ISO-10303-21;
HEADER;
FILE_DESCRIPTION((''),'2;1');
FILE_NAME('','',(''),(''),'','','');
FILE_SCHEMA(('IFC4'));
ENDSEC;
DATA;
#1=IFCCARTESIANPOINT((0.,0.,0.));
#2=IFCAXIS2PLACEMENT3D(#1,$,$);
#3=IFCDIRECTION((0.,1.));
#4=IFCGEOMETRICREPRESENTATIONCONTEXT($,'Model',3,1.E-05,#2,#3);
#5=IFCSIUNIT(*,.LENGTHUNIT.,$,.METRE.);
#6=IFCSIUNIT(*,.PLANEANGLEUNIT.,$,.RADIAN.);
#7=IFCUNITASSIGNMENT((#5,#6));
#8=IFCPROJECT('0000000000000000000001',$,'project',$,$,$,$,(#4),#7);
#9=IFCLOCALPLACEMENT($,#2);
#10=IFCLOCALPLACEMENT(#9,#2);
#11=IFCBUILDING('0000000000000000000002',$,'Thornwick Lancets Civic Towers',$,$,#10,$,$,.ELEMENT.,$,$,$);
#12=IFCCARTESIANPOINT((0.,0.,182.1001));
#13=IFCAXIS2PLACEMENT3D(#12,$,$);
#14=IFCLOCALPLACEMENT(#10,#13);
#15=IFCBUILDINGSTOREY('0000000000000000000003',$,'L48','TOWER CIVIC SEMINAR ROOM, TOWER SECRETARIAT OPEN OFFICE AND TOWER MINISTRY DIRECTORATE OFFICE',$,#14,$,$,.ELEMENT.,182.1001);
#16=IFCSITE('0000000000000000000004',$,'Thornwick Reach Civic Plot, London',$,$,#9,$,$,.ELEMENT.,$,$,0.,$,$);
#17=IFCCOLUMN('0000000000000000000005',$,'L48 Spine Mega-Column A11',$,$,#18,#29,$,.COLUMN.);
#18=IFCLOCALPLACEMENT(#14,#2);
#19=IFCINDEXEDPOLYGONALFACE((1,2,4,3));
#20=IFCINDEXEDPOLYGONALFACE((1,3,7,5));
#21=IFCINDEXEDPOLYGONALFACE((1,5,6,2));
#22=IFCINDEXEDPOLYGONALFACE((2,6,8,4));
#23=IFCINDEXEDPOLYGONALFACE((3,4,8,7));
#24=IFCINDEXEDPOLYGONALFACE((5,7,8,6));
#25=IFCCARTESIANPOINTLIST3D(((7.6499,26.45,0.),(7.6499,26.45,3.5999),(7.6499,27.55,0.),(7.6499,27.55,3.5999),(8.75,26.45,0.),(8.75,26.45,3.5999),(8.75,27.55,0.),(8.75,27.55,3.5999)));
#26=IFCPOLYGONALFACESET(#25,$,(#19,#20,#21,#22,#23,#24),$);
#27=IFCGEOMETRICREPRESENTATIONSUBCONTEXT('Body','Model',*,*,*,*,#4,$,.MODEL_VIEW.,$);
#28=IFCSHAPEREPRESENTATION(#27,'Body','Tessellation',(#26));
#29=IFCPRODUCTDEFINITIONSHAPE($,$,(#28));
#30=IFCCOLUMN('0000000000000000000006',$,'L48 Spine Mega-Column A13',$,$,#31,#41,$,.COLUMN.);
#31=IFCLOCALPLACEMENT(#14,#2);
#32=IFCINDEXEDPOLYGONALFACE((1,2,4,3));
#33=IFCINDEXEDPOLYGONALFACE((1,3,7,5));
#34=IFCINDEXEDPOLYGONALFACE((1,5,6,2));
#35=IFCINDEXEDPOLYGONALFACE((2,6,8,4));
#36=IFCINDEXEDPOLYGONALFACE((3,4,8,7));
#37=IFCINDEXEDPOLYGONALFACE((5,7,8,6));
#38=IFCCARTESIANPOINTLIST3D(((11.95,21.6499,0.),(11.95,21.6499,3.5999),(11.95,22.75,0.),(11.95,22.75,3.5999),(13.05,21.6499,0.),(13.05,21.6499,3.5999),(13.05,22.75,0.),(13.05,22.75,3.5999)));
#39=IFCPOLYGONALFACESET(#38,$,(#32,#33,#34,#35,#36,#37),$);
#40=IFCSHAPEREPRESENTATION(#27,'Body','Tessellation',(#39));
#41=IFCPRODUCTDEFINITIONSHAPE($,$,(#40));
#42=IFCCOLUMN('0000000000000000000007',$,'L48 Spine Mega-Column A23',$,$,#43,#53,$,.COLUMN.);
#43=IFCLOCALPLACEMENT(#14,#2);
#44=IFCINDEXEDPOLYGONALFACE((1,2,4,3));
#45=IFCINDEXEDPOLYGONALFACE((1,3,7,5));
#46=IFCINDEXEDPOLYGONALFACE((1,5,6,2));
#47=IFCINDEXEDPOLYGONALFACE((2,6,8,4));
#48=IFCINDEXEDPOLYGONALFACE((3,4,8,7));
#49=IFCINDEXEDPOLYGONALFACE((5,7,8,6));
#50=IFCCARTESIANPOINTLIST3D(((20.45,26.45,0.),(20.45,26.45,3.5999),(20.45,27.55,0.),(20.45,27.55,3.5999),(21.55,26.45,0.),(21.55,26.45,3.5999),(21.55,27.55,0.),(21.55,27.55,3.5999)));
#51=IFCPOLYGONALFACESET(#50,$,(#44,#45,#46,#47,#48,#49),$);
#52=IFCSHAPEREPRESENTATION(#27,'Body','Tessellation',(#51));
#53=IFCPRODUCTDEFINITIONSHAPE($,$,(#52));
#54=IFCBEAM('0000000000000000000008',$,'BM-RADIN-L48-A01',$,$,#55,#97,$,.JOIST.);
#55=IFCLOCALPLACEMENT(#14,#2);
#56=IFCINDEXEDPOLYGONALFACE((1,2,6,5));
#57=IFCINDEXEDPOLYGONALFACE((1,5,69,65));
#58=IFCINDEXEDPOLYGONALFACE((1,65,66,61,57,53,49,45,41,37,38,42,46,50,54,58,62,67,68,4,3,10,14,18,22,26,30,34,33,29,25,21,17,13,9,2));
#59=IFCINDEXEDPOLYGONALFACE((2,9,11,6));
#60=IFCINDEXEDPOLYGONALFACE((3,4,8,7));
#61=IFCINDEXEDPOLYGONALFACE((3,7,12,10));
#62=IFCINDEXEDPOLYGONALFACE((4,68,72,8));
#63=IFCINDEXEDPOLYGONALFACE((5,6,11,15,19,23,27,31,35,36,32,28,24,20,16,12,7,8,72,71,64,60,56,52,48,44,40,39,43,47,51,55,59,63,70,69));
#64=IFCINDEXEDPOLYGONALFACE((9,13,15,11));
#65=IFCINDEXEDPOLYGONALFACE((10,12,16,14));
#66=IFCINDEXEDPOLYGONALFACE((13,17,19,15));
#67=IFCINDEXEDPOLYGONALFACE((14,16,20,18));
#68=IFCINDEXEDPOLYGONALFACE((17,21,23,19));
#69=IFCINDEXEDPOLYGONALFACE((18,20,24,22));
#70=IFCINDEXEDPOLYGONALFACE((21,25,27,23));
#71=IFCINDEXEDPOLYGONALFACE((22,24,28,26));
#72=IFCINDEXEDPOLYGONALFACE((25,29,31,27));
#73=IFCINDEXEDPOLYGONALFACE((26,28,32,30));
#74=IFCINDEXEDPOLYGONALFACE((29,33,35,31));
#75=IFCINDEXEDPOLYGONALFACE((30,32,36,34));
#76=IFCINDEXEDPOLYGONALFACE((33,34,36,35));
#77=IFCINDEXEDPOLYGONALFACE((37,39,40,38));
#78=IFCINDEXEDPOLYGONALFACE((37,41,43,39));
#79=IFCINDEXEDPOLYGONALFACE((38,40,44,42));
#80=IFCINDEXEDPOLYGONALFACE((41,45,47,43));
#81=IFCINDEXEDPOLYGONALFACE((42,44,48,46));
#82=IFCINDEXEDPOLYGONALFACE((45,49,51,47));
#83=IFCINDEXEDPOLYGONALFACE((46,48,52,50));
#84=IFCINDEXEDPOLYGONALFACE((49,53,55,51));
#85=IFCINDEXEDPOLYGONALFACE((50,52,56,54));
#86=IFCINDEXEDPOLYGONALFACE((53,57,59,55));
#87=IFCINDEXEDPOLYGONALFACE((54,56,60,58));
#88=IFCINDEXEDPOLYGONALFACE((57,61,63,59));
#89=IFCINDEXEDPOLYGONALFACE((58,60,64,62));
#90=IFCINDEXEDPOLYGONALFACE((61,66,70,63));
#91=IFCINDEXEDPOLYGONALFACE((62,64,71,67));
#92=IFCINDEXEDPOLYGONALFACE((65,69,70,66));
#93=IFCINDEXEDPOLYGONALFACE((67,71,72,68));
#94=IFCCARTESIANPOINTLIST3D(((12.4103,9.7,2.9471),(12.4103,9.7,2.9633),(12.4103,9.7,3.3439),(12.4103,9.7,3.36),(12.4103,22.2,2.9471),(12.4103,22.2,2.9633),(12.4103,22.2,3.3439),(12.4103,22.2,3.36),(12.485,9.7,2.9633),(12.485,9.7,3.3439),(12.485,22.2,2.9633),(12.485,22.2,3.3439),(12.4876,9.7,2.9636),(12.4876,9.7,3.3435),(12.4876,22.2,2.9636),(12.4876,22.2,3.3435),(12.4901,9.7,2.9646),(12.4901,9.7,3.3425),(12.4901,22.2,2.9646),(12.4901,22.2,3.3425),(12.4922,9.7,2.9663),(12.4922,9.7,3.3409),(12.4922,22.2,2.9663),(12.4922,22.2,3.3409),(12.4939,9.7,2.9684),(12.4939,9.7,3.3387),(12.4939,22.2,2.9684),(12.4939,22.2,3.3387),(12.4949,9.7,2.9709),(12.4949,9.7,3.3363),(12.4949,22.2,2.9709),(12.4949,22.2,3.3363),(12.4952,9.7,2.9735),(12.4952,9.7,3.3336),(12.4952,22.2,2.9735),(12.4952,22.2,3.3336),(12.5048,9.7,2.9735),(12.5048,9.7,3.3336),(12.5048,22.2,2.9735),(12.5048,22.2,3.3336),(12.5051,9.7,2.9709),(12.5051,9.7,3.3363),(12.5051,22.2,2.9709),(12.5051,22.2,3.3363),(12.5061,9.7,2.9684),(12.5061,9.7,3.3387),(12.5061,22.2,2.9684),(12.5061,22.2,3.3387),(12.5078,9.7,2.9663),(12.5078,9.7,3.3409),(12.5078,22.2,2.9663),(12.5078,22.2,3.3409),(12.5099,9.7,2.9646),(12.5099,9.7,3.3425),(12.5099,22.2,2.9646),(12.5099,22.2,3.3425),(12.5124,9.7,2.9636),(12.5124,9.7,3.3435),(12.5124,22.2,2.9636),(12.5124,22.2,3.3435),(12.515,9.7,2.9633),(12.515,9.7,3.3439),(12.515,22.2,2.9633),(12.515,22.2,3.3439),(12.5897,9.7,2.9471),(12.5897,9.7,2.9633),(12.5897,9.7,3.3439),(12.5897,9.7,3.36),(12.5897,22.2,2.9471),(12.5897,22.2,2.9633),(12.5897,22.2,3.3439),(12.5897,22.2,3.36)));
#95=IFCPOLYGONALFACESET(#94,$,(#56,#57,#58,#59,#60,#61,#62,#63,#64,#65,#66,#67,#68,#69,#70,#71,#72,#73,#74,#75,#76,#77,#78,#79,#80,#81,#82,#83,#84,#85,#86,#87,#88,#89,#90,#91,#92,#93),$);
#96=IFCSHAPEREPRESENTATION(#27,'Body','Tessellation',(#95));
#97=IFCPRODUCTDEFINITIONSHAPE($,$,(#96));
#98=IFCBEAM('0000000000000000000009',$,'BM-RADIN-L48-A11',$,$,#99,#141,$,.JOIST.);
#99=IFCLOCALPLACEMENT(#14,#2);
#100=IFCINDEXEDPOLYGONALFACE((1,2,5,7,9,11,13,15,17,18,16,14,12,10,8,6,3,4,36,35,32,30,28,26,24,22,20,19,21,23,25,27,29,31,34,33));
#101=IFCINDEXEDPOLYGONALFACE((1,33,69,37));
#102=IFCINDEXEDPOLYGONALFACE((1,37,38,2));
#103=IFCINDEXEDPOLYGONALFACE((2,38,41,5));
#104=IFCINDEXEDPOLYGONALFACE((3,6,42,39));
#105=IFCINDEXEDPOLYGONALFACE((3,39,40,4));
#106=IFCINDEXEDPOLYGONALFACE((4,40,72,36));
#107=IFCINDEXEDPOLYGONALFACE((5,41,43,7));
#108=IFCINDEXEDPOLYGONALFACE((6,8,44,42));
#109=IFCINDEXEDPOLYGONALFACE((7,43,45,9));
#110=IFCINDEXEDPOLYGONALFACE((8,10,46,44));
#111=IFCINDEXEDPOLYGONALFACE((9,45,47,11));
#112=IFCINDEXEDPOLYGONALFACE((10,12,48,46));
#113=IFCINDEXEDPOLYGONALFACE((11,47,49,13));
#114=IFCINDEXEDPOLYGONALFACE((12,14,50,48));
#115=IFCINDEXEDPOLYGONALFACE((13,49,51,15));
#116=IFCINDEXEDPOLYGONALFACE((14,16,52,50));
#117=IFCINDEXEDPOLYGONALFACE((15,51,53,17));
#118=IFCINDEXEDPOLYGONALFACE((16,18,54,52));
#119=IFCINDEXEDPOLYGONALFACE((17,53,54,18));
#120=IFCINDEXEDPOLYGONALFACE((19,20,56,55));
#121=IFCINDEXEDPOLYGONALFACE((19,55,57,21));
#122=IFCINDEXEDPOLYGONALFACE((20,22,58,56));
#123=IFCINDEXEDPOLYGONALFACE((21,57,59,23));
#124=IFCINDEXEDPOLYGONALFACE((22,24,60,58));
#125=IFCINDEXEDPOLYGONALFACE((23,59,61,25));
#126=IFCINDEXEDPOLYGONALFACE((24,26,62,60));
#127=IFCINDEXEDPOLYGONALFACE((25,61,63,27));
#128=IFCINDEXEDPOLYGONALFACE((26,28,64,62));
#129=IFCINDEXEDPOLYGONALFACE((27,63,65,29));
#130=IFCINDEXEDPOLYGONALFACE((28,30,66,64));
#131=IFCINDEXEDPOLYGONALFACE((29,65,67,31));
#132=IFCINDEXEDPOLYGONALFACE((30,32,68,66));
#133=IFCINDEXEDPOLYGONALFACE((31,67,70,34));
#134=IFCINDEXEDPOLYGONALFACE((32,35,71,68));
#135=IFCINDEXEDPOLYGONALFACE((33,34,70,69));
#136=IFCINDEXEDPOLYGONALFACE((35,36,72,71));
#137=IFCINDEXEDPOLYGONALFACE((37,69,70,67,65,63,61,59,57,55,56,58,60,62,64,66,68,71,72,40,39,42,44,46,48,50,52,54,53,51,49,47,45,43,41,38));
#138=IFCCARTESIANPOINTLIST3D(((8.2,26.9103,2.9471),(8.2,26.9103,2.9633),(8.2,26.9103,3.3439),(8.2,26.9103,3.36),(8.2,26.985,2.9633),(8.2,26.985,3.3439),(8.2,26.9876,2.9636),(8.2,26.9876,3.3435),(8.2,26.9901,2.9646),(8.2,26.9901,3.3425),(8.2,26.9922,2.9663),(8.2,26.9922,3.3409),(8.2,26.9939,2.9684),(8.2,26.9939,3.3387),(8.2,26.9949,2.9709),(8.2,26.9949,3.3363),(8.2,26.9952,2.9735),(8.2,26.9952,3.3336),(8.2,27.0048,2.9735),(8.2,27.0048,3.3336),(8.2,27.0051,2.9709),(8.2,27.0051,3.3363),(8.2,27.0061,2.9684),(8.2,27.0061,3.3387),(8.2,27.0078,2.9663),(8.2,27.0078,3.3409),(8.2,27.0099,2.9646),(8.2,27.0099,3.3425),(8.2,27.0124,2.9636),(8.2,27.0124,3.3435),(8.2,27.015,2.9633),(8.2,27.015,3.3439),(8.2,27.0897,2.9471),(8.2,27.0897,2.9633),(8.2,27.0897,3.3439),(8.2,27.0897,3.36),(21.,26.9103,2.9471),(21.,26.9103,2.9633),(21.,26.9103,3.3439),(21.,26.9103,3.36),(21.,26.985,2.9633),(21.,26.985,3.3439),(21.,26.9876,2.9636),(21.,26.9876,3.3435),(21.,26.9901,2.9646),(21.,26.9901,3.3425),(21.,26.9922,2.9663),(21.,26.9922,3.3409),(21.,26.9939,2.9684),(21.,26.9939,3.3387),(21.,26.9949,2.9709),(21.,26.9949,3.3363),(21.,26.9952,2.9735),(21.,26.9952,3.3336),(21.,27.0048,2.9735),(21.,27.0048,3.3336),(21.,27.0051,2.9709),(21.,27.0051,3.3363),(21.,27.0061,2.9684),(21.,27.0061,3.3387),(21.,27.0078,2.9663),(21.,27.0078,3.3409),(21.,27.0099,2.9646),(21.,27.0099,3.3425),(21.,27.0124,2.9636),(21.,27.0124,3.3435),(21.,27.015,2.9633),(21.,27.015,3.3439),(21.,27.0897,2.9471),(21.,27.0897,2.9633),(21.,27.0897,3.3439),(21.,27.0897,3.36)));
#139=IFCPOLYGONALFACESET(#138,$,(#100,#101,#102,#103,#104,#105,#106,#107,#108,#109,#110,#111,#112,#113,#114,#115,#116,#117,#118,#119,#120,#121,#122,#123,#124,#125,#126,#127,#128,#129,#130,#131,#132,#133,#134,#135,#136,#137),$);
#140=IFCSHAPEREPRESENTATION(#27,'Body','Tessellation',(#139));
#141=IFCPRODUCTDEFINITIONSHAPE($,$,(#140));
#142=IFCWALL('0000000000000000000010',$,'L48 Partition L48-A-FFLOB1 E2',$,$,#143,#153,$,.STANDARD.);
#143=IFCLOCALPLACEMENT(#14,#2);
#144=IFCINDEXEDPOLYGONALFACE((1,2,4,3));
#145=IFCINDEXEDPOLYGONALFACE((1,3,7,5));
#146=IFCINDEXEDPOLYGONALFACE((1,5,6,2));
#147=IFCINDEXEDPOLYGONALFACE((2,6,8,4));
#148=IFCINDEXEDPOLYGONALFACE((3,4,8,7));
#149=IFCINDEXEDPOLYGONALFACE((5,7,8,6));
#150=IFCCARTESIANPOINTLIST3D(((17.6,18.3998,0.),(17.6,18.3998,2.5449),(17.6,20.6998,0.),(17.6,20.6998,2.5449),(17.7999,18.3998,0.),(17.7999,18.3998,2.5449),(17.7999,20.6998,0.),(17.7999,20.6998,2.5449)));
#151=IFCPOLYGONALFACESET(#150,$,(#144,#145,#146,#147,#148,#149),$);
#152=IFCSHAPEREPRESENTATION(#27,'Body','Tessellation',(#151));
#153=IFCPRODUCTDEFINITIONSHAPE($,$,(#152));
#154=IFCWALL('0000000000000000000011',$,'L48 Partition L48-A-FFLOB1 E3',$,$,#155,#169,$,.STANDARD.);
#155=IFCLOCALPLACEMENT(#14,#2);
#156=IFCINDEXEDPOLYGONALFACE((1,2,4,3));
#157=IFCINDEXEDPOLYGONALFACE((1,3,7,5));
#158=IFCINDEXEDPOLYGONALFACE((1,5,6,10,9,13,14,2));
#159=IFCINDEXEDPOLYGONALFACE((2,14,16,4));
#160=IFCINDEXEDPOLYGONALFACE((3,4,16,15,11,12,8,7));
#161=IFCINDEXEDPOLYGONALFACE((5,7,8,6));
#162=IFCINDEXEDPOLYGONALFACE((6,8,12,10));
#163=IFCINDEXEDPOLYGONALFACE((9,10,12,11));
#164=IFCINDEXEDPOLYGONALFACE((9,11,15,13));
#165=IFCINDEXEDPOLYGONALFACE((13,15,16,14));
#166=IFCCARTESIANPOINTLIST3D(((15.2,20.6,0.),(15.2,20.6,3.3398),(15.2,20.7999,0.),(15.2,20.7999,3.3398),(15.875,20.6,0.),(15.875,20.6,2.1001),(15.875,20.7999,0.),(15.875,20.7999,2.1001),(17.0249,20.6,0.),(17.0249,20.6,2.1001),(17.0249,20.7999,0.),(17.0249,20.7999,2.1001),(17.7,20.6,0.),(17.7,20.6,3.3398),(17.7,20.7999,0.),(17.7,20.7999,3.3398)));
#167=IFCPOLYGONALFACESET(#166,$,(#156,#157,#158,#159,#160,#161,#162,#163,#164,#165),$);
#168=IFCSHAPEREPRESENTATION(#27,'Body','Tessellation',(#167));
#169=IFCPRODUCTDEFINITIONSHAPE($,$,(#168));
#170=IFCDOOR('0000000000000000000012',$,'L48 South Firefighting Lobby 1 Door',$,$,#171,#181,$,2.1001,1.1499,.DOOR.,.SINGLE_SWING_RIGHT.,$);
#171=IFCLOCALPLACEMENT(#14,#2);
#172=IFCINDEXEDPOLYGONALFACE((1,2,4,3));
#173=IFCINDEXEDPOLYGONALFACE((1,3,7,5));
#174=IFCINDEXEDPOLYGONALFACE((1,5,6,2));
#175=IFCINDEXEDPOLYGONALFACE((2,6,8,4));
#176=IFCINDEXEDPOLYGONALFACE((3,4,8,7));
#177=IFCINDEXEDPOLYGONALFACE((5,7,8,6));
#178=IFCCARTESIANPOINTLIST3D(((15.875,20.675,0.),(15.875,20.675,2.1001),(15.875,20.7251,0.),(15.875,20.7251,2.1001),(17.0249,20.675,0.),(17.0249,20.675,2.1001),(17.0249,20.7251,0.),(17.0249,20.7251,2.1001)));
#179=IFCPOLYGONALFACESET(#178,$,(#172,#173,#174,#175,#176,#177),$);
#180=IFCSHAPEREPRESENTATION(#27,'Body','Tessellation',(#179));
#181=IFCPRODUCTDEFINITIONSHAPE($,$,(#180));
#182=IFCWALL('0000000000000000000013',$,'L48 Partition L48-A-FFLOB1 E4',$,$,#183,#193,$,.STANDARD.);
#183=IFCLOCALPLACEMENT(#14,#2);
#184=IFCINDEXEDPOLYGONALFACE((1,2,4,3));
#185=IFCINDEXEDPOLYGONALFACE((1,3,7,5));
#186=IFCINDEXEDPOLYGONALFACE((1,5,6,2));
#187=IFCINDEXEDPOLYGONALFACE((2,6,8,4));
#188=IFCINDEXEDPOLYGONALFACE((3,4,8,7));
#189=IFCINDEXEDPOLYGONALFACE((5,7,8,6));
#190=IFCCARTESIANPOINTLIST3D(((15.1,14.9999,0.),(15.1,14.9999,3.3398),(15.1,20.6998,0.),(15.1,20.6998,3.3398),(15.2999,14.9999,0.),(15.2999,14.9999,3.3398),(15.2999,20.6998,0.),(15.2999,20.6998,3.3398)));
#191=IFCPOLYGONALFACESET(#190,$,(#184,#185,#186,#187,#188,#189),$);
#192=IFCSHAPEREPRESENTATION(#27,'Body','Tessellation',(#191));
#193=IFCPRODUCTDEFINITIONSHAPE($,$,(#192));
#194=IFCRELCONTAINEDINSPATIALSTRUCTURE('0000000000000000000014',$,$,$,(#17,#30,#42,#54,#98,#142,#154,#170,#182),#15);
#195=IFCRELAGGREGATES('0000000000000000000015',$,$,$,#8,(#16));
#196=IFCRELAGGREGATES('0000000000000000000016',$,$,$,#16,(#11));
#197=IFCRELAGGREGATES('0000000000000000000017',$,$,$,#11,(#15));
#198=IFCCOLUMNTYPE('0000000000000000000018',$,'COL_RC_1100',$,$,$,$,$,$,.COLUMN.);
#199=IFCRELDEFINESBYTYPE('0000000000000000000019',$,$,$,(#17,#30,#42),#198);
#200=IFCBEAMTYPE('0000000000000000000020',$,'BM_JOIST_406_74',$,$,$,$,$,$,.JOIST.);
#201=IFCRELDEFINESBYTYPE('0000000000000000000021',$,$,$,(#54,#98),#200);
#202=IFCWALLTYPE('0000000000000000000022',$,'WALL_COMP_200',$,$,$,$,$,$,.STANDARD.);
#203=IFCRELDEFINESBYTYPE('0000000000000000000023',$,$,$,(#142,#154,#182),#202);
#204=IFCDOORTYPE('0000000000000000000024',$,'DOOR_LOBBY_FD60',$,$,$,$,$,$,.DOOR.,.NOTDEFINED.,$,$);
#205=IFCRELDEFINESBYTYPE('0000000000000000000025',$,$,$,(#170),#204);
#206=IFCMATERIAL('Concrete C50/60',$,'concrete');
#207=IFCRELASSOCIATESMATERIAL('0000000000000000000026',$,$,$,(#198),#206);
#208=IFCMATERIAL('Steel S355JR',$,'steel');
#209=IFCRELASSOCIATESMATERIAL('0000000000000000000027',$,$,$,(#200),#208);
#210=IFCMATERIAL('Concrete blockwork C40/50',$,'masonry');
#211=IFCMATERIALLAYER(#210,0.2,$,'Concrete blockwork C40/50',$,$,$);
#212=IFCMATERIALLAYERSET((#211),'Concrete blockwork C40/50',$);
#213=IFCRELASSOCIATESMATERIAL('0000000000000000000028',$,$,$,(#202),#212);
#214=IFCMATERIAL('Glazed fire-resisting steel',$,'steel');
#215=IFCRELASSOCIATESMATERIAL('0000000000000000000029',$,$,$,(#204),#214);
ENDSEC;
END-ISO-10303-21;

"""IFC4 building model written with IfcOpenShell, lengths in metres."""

from ifc_helpers import new_model, si_unit, direction, frame, frame_2d, origin, origin_2d, place, context, subcontext, project, spatial, rectangle, i_section, extrude, material, layer, layer_set, material_profile, profile_set, type_object, element, fill, save


model = new_model("IFC4")

# Units and contexts
model_context = context("Model", 3, precision=1e-05, world=origin(), true_north=direction((0.0, 1.0)))
body_context = subcontext(model_context, "Body", "Model", "MODEL_VIEW")
ifc_project = project(units=[si_unit("LENGTHUNIT", "METRE"), si_unit("PLANEANGLEUNIT", "RADIAN")], contexts=[model_context])

# Site, building, storey
site_placement = place(None, origin())
site = spatial("IfcSite", under=ifc_project, at=site_placement, Name="Thornwick Reach Civic Plot, London", CompositionType="ELEMENT", RefElevation=0.0)
building_placement = place(site_placement, origin())
building = spatial("IfcBuilding", under=site, at=building_placement, Name="Thornwick Lancets Civic Towers", CompositionType="ELEMENT")
storey_placement = place(building_placement, frame((0.0, 0.0, 182.1001)))
storey = spatial("IfcBuildingStorey", under=building, at=storey_placement, Name="L48", Description="TOWER CIVIC SEMINAR ROOM, TOWER SECRETARIAT OPEN OFFICE AND TOWER MINISTRY DIRECTORATE OFFICE", CompositionType="ELEMENT", Elevation=182.1001)

# Columns
ifc_material_1 = material(Name="Concrete C50/60", Category="concrete")
ifc_material_profile_1 = material_profile(ifc_material_1, rectangle(XDim=1.1001, YDim=1.1001, at=origin_2d()), Name="RC 1100x1100")
ifc_profile_set_1 = profile_set([ifc_material_profile_1], Name="Concrete C50/60")
column_type = type_object("IfcColumnType", Name="COL_RC_1100", PredefinedType="COLUMN", material=ifc_profile_set_1)
for number, where, z_axis, x_axis, name in (
    (1, (8.2, 27.0, 0.0), (0.0, 0.0, 1.0), (1.0, 0.0, 0.0), "L48 Spine Mega-Column A11"),
    (2, (12.5, 22.2, 0.0), (0.0, 0.0, 1.0), (1.0, 0.0, 0.0), "L48 Spine Mega-Column A13"),
    (3, (21.0, 27.0, 0.0), (0.0, 0.0, 1.0), (1.0, 0.0, 0.0), "L48 Spine Mega-Column A23"),
):
    element("IfcColumn", number, at=place(storey_placement, frame(where, z_axis=z_axis, x_axis=x_axis)), inside=storey, type_object=column_type, Name=name, PredefinedType="COLUMN", context=body_context, shape_type="SweptSolid", body=[
        extrude(rectangle(XDim=1.1001, YDim=1.1001, at=origin_2d()), origin(), (0.0, 0.0, 1.0), 3.5999),
    ])

# Beams
ifc_material_2 = material(Name="Steel S355JR", Category="steel")
ifc_material_profile_2 = material_profile(ifc_material_2, i_section(OverallWidth=0.1794, OverallDepth=0.4128, WebThickness=0.0095, FlangeThickness=0.0161, FilletRadius=0.0103, at=origin_2d()), Name="UKB 406x178x74")
ifc_profile_set_2 = profile_set([ifc_material_profile_2], Name="Steel S355JR")
beam_type = type_object("IfcBeamType", Name="BM_JOIST_406_74", PredefinedType="JOIST", material=ifc_profile_set_2)
beam_1_placement = place(storey_placement, frame((12.5, 22.2, 3.1536), z_axis=(0.0, -1.0, 0.0), x_axis=(1.0, 0.0, 0.0)))
element("IfcBeam", 4, at=beam_1_placement, inside=storey, type_object=beam_type, Name="BM-RADIN-L48-A01", PredefinedType="JOIST", context=body_context, shape_type="SweptSolid", body=[
    extrude(i_section(OverallWidth=0.1794, OverallDepth=0.4128, WebThickness=0.0095, FlangeThickness=0.0161, FilletRadius=0.0103, at=origin_2d()), origin(), (0.0, 0.0, 1.0), 12.5),
])
beam_2_placement = place(storey_placement, frame((21.0, 27.0, 3.1536), z_axis=(-1.0, 0.0, 0.0), x_axis=(0.0, -1.0, 0.0)))
element("IfcBeam", 5, at=beam_2_placement, inside=storey, type_object=beam_type, Name="BM-RADIN-L48-A11", PredefinedType="JOIST", context=body_context, shape_type="SweptSolid", body=[
    extrude(i_section(OverallWidth=0.1794, OverallDepth=0.4128, WebThickness=0.0095, FlangeThickness=0.0161, FilletRadius=0.0103, at=origin_2d()), origin(), (0.0, 0.0, 1.0), 12.8),
])

# Wall
ifc_material_3 = material(Name="Concrete blockwork C40/50", Category="masonry")
ifc_layer_1 = layer(ifc_material_3, 0.2, Name="Concrete blockwork C40/50")
ifc_layer_set_1 = layer_set([ifc_layer_1], Name="Concrete blockwork C40/50")
wall_type_1 = type_object("IfcWallType", Name="WALL_COMP_200", PredefinedType="STANDARD", material=ifc_layer_set_1)
wall_1_placement = place(storey_placement, frame((17.7, 18.3999, 0.0), z_axis=(0.0, 0.0, 1.0), x_axis=(0.0, 1.0, 0.0)))
element("IfcWall", 6, at=wall_1_placement, inside=storey, type_object=wall_type_1, Name="L48 Partition L48-A-FFLOB1 E2", PredefinedType="STANDARD", context=body_context, shape_type="SweptSolid", body=[
    extrude(rectangle(XDim=2.3, YDim=0.2, at=frame_2d((1.1499, 0.0))), origin(), (0.0, 0.0, 1.0), 2.5449),
])

# Wall, opening, door
wall_2_placement = place(storey_placement, frame((17.7, 20.7, 0.0), z_axis=(0.0, 0.0, 1.0), x_axis=(-1.0, 0.0, 0.0)))
wall_2 = element("IfcWall", 7, at=wall_2_placement, inside=storey, type_object=wall_type_1, Name="L48 Partition L48-A-FFLOB1 E3", PredefinedType="STANDARD", context=body_context, shape_type="SweptSolid", body=[
    extrude(rectangle(XDim=2.5, YDim=0.2, at=frame_2d((1.25, 0.0))), origin(), (0.0, 0.0, 1.0), 3.3398),
])
opening_1_placement = place(wall_2_placement, frame((0.675, 0.0, 0.0)))
opening_1 = element("IfcOpeningElement", 8, at=opening_1_placement, cuts=wall_2, PredefinedType="OPENING", context=body_context, shape_type="SweptSolid", body=[
    extrude(rectangle(XDim=1.1499, YDim=2.1001, at=frame_2d((0.575, 1.05))), frame((0.0, 0.1099, 0.0), z_axis=(0.0, -1.0, 0.0), x_axis=(1.0, 0.0, 0.0)), (0.0, 0.0, 1.0), 0.22),
])
ifc_material_4 = material(Name="Glazed fire-resisting steel", Category="steel")
door_type_1 = type_object("IfcDoorType", Name="DOOR_LOBBY_FD60", OperationType="NOTDEFINED", PredefinedType="DOOR", material=ifc_material_4)
door_1_placement = place(opening_1_placement, origin())
door_1 = element("IfcDoor", 9, at=door_1_placement, inside=storey, type_object=door_type_1, Name="L48 South Firefighting Lobby 1 Door", OperationType="SINGLE_SWING_RIGHT", OverallHeight=2.1001, OverallWidth=1.1499, PredefinedType="DOOR", context=body_context, shape_type="SweptSolid", body=[
    extrude(rectangle(XDim=1.1499, YDim=2.1001, at=frame_2d((0.575, 1.05))), frame((0.0, 0.0249, 0.0), z_axis=(0.0, -1.0, 0.0), x_axis=(1.0, 0.0, 0.0)), (0.0, 0.0, 1.0), 0.05),
])
fill(opening_1, door_1)

# Wall
wall_3_placement = place(storey_placement, frame((15.2, 20.7, 0.0), z_axis=(0.0, 0.0, 1.0), x_axis=(0.0, -1.0, 0.0)))
element("IfcWall", 10, at=wall_3_placement, inside=storey, type_object=wall_type_1, Name="L48 Partition L48-A-FFLOB1 E4", PredefinedType="STANDARD", context=body_context, shape_type="SweptSolid", body=[
    extrude(rectangle(XDim=5.7, YDim=0.2, at=frame_2d((2.8501, 0.0))), origin(), (0.0, 0.0, 1.0), 3.3398),
])

save(model, "model.ifc")
